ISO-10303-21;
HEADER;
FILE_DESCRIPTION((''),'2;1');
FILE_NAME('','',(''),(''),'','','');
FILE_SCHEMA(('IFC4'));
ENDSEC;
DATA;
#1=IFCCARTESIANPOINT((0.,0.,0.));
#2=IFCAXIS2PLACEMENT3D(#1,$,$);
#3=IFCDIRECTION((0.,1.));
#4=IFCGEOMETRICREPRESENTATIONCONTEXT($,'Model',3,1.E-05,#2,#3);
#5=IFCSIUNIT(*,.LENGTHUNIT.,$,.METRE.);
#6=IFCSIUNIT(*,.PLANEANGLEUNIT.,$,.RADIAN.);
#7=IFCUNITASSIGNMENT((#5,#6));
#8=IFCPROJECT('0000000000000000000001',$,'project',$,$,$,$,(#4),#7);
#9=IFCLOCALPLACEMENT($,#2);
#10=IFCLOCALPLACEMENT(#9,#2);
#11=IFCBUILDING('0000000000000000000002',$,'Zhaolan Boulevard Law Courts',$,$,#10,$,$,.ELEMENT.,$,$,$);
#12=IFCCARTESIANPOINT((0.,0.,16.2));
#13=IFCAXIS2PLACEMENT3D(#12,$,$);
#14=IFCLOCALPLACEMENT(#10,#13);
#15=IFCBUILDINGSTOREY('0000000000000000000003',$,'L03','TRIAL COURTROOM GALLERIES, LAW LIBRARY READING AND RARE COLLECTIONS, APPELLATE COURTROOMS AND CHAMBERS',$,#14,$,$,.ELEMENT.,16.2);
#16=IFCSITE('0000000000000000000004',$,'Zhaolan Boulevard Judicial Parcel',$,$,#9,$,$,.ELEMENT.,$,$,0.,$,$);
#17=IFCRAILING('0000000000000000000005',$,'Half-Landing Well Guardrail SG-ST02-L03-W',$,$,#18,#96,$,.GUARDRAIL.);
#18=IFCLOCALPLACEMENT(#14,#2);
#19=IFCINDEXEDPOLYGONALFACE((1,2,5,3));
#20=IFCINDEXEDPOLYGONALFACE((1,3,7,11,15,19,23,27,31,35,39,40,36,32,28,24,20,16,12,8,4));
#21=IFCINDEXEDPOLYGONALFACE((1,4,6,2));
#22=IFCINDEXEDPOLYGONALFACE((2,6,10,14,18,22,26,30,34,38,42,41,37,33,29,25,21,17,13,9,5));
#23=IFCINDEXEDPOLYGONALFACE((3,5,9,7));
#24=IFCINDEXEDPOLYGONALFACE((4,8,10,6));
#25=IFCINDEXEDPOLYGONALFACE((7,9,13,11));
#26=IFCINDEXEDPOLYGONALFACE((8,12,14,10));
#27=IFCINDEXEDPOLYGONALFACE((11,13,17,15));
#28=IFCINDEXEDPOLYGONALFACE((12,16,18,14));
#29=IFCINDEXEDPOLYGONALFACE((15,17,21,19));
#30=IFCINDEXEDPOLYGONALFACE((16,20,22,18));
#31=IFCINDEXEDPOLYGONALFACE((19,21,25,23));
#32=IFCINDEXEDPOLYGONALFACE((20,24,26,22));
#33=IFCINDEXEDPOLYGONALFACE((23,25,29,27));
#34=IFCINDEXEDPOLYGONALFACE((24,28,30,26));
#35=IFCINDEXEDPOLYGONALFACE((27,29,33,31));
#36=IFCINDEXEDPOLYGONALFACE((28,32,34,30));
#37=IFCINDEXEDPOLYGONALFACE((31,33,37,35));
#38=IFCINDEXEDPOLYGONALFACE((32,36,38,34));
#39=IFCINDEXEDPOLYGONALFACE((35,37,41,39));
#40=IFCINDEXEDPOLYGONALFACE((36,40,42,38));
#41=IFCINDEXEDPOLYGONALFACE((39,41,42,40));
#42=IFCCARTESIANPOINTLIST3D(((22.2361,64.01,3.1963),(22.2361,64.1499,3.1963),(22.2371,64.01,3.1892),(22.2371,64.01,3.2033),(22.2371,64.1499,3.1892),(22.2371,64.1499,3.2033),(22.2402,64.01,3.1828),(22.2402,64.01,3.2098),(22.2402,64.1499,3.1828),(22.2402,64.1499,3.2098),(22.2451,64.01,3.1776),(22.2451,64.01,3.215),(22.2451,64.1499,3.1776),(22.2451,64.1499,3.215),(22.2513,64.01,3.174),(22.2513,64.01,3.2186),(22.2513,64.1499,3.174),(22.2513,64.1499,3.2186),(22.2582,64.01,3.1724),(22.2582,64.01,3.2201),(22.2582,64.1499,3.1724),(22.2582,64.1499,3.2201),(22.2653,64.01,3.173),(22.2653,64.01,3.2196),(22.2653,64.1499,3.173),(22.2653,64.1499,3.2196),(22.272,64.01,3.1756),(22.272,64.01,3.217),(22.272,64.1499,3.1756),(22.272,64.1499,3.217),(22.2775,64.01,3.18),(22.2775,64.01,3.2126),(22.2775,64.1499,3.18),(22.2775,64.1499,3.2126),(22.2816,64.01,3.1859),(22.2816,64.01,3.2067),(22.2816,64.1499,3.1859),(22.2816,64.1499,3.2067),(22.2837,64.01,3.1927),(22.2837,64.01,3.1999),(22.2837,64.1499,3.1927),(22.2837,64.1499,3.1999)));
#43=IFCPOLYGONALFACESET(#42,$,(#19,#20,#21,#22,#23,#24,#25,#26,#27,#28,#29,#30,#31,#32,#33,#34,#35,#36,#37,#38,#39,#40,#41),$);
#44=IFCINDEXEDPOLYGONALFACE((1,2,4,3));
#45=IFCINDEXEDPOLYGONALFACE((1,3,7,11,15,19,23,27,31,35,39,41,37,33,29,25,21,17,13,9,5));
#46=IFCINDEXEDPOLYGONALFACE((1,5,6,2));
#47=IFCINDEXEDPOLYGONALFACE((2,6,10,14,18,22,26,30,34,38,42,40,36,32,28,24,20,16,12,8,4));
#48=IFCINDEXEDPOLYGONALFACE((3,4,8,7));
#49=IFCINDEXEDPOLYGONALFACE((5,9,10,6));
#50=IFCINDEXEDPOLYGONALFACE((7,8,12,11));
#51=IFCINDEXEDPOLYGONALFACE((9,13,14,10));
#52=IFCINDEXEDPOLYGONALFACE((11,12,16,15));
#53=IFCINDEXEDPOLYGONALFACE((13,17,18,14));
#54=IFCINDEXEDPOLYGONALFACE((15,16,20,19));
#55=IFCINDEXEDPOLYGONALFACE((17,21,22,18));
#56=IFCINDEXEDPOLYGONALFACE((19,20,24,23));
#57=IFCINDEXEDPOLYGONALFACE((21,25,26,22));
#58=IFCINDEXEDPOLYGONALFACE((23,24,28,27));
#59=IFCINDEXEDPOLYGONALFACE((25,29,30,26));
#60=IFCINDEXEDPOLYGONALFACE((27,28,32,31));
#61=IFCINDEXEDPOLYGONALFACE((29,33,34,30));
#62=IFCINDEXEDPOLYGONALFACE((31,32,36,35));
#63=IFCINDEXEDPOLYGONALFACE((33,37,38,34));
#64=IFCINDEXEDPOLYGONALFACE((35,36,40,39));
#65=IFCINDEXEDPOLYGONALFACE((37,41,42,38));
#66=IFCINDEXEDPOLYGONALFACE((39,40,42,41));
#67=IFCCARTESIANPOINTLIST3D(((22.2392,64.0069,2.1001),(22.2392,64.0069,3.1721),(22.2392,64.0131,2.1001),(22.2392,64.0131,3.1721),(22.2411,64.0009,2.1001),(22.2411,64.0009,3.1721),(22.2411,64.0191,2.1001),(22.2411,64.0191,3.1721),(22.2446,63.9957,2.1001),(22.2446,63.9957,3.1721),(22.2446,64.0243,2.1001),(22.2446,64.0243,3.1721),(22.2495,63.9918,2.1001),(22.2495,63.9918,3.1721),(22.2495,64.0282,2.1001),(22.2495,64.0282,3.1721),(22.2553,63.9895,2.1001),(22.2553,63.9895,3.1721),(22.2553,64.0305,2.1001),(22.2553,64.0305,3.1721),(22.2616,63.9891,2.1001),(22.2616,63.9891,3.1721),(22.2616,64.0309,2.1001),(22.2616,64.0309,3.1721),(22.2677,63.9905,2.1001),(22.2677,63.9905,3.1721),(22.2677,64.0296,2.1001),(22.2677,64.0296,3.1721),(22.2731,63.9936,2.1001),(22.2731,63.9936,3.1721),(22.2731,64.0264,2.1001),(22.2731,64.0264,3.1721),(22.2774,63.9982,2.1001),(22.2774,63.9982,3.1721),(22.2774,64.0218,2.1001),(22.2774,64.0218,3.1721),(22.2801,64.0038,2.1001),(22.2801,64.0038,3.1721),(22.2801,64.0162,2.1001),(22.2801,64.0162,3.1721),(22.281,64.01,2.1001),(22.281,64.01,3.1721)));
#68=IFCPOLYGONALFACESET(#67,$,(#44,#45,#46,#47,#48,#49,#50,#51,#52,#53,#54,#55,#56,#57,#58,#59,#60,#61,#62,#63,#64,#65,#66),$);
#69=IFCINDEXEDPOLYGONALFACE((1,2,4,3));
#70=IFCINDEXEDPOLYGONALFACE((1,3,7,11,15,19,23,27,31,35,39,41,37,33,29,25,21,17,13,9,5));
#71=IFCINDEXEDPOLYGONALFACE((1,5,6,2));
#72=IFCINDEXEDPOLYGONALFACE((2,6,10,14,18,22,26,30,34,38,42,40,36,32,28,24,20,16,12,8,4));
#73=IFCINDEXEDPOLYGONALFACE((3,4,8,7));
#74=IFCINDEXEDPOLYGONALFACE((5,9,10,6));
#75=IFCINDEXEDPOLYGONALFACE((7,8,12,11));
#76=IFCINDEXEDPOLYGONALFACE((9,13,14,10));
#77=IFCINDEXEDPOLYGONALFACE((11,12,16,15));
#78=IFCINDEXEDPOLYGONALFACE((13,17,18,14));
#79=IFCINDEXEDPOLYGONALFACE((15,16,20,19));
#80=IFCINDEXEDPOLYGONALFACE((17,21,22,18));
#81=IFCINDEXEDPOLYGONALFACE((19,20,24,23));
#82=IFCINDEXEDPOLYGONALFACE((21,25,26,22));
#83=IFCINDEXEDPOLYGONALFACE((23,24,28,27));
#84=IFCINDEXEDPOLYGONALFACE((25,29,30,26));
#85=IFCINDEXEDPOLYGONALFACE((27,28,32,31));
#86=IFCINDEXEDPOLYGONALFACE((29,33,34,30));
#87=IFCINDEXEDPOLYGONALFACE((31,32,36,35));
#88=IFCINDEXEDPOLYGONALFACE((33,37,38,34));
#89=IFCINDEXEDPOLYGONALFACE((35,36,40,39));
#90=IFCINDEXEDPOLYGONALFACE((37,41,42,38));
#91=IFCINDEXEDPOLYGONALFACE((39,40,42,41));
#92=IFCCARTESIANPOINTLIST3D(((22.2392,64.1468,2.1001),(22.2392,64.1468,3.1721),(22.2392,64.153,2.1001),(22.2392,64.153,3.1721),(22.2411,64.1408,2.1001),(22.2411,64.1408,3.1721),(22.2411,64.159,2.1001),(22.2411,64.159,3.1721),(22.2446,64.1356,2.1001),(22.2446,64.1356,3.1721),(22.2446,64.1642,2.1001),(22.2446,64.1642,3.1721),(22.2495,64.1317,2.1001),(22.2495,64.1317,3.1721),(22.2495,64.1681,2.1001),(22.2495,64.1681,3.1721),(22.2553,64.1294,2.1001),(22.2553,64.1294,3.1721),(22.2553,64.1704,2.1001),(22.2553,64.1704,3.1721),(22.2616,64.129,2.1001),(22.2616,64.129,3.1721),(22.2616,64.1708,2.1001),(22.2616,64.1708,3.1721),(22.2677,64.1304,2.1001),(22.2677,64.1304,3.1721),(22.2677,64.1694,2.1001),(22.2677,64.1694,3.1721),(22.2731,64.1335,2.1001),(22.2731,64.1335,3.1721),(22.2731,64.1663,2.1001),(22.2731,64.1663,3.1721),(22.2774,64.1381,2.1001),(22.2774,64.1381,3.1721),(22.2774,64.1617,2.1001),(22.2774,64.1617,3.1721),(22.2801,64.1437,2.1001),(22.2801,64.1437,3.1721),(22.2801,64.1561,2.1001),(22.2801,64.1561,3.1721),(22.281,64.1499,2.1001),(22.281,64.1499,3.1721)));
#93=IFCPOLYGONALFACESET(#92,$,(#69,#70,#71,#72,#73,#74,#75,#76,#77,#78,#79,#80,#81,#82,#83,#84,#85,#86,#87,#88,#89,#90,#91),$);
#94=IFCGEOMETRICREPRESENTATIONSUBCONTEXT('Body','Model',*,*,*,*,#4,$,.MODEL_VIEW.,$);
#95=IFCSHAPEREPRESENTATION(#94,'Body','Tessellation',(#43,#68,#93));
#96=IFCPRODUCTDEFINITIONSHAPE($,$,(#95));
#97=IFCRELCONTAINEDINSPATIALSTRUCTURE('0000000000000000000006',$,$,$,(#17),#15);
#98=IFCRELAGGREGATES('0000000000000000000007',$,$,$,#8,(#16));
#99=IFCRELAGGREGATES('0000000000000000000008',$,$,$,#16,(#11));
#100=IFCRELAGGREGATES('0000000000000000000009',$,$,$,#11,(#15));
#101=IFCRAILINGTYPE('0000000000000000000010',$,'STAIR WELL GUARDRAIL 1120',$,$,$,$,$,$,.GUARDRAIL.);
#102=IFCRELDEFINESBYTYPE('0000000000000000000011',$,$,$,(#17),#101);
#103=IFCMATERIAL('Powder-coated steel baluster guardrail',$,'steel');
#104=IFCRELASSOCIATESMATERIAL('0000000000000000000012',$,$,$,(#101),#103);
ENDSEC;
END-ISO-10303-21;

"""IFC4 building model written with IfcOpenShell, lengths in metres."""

from ifc_helpers import new_model, si_unit, direction, frame, origin, origin_2d, place, context, subcontext, project, spatial, circle, extrude, material, type_object, element, save


model = new_model("IFC4")

# Units and contexts
model_context = context("Model", 3, precision=1e-05, world=origin(), true_north=direction((0.0, 1.0)))
body_context = subcontext(model_context, "Body", "Model", "MODEL_VIEW")
ifc_project = project(units=[si_unit("LENGTHUNIT", "METRE"), si_unit("PLANEANGLEUNIT", "RADIAN")], contexts=[model_context])

# Site, building, storey
site_placement = place(None, origin())
site = spatial("IfcSite", under=ifc_project, at=site_placement, Name="Zhaolan Boulevard Judicial Parcel", CompositionType="ELEMENT", RefElevation=0.0)
building_placement = place(site_placement, origin())
building = spatial("IfcBuilding", under=site, at=building_placement, Name="Zhaolan Boulevard Law Courts", CompositionType="ELEMENT")
storey_placement = place(building_placement, frame((0.0, 0.0, 16.2)))
storey = spatial("IfcBuildingStorey", under=building, at=storey_placement, Name="L03", Description="TRIAL COURTROOM GALLERIES, LAW LIBRARY READING AND RARE COLLECTIONS, APPELLATE COURTROOMS AND CHAMBERS", CompositionType="ELEMENT", Elevation=16.2)

# Railing
ifc_material_1 = material(Name="Powder-coated steel baluster guardrail", Category="steel")
railing_type_1 = type_object("IfcRailingType", Name="STAIR WELL GUARDRAIL 1120", PredefinedType="GUARDRAIL", material=ifc_material_1)
railing_1_placement = place(storey_placement, frame((22.26, 64.01, 2.1001)))
element("IfcRailing", 1, at=railing_1_placement, inside=storey, type_object=railing_type_1, Name="Half-Landing Well Guardrail SG-ST02-L03-W", PredefinedType="GUARDRAIL", context=body_context, shape_type="SweptSolid", body=[
    extrude(circle(Radius=0.0239, at=origin_2d()), frame((0.0, 0.0, 1.0962), z_axis=(0.0, 1.0, 0.0), x_axis=(-1.0, 0.0, 0.0)), (0.0, 0.0, 1.0), 0.1399),
    extrude(circle(Radius=0.021, at=origin_2d()), origin(), (0.0, 0.0, 1.0), 1.072),
    extrude(circle(Radius=0.021, at=origin_2d()), frame((0.0, 0.1399, 0.0)), (0.0, 0.0, 1.0), 1.072),
])

save(model, "model.ifc")
